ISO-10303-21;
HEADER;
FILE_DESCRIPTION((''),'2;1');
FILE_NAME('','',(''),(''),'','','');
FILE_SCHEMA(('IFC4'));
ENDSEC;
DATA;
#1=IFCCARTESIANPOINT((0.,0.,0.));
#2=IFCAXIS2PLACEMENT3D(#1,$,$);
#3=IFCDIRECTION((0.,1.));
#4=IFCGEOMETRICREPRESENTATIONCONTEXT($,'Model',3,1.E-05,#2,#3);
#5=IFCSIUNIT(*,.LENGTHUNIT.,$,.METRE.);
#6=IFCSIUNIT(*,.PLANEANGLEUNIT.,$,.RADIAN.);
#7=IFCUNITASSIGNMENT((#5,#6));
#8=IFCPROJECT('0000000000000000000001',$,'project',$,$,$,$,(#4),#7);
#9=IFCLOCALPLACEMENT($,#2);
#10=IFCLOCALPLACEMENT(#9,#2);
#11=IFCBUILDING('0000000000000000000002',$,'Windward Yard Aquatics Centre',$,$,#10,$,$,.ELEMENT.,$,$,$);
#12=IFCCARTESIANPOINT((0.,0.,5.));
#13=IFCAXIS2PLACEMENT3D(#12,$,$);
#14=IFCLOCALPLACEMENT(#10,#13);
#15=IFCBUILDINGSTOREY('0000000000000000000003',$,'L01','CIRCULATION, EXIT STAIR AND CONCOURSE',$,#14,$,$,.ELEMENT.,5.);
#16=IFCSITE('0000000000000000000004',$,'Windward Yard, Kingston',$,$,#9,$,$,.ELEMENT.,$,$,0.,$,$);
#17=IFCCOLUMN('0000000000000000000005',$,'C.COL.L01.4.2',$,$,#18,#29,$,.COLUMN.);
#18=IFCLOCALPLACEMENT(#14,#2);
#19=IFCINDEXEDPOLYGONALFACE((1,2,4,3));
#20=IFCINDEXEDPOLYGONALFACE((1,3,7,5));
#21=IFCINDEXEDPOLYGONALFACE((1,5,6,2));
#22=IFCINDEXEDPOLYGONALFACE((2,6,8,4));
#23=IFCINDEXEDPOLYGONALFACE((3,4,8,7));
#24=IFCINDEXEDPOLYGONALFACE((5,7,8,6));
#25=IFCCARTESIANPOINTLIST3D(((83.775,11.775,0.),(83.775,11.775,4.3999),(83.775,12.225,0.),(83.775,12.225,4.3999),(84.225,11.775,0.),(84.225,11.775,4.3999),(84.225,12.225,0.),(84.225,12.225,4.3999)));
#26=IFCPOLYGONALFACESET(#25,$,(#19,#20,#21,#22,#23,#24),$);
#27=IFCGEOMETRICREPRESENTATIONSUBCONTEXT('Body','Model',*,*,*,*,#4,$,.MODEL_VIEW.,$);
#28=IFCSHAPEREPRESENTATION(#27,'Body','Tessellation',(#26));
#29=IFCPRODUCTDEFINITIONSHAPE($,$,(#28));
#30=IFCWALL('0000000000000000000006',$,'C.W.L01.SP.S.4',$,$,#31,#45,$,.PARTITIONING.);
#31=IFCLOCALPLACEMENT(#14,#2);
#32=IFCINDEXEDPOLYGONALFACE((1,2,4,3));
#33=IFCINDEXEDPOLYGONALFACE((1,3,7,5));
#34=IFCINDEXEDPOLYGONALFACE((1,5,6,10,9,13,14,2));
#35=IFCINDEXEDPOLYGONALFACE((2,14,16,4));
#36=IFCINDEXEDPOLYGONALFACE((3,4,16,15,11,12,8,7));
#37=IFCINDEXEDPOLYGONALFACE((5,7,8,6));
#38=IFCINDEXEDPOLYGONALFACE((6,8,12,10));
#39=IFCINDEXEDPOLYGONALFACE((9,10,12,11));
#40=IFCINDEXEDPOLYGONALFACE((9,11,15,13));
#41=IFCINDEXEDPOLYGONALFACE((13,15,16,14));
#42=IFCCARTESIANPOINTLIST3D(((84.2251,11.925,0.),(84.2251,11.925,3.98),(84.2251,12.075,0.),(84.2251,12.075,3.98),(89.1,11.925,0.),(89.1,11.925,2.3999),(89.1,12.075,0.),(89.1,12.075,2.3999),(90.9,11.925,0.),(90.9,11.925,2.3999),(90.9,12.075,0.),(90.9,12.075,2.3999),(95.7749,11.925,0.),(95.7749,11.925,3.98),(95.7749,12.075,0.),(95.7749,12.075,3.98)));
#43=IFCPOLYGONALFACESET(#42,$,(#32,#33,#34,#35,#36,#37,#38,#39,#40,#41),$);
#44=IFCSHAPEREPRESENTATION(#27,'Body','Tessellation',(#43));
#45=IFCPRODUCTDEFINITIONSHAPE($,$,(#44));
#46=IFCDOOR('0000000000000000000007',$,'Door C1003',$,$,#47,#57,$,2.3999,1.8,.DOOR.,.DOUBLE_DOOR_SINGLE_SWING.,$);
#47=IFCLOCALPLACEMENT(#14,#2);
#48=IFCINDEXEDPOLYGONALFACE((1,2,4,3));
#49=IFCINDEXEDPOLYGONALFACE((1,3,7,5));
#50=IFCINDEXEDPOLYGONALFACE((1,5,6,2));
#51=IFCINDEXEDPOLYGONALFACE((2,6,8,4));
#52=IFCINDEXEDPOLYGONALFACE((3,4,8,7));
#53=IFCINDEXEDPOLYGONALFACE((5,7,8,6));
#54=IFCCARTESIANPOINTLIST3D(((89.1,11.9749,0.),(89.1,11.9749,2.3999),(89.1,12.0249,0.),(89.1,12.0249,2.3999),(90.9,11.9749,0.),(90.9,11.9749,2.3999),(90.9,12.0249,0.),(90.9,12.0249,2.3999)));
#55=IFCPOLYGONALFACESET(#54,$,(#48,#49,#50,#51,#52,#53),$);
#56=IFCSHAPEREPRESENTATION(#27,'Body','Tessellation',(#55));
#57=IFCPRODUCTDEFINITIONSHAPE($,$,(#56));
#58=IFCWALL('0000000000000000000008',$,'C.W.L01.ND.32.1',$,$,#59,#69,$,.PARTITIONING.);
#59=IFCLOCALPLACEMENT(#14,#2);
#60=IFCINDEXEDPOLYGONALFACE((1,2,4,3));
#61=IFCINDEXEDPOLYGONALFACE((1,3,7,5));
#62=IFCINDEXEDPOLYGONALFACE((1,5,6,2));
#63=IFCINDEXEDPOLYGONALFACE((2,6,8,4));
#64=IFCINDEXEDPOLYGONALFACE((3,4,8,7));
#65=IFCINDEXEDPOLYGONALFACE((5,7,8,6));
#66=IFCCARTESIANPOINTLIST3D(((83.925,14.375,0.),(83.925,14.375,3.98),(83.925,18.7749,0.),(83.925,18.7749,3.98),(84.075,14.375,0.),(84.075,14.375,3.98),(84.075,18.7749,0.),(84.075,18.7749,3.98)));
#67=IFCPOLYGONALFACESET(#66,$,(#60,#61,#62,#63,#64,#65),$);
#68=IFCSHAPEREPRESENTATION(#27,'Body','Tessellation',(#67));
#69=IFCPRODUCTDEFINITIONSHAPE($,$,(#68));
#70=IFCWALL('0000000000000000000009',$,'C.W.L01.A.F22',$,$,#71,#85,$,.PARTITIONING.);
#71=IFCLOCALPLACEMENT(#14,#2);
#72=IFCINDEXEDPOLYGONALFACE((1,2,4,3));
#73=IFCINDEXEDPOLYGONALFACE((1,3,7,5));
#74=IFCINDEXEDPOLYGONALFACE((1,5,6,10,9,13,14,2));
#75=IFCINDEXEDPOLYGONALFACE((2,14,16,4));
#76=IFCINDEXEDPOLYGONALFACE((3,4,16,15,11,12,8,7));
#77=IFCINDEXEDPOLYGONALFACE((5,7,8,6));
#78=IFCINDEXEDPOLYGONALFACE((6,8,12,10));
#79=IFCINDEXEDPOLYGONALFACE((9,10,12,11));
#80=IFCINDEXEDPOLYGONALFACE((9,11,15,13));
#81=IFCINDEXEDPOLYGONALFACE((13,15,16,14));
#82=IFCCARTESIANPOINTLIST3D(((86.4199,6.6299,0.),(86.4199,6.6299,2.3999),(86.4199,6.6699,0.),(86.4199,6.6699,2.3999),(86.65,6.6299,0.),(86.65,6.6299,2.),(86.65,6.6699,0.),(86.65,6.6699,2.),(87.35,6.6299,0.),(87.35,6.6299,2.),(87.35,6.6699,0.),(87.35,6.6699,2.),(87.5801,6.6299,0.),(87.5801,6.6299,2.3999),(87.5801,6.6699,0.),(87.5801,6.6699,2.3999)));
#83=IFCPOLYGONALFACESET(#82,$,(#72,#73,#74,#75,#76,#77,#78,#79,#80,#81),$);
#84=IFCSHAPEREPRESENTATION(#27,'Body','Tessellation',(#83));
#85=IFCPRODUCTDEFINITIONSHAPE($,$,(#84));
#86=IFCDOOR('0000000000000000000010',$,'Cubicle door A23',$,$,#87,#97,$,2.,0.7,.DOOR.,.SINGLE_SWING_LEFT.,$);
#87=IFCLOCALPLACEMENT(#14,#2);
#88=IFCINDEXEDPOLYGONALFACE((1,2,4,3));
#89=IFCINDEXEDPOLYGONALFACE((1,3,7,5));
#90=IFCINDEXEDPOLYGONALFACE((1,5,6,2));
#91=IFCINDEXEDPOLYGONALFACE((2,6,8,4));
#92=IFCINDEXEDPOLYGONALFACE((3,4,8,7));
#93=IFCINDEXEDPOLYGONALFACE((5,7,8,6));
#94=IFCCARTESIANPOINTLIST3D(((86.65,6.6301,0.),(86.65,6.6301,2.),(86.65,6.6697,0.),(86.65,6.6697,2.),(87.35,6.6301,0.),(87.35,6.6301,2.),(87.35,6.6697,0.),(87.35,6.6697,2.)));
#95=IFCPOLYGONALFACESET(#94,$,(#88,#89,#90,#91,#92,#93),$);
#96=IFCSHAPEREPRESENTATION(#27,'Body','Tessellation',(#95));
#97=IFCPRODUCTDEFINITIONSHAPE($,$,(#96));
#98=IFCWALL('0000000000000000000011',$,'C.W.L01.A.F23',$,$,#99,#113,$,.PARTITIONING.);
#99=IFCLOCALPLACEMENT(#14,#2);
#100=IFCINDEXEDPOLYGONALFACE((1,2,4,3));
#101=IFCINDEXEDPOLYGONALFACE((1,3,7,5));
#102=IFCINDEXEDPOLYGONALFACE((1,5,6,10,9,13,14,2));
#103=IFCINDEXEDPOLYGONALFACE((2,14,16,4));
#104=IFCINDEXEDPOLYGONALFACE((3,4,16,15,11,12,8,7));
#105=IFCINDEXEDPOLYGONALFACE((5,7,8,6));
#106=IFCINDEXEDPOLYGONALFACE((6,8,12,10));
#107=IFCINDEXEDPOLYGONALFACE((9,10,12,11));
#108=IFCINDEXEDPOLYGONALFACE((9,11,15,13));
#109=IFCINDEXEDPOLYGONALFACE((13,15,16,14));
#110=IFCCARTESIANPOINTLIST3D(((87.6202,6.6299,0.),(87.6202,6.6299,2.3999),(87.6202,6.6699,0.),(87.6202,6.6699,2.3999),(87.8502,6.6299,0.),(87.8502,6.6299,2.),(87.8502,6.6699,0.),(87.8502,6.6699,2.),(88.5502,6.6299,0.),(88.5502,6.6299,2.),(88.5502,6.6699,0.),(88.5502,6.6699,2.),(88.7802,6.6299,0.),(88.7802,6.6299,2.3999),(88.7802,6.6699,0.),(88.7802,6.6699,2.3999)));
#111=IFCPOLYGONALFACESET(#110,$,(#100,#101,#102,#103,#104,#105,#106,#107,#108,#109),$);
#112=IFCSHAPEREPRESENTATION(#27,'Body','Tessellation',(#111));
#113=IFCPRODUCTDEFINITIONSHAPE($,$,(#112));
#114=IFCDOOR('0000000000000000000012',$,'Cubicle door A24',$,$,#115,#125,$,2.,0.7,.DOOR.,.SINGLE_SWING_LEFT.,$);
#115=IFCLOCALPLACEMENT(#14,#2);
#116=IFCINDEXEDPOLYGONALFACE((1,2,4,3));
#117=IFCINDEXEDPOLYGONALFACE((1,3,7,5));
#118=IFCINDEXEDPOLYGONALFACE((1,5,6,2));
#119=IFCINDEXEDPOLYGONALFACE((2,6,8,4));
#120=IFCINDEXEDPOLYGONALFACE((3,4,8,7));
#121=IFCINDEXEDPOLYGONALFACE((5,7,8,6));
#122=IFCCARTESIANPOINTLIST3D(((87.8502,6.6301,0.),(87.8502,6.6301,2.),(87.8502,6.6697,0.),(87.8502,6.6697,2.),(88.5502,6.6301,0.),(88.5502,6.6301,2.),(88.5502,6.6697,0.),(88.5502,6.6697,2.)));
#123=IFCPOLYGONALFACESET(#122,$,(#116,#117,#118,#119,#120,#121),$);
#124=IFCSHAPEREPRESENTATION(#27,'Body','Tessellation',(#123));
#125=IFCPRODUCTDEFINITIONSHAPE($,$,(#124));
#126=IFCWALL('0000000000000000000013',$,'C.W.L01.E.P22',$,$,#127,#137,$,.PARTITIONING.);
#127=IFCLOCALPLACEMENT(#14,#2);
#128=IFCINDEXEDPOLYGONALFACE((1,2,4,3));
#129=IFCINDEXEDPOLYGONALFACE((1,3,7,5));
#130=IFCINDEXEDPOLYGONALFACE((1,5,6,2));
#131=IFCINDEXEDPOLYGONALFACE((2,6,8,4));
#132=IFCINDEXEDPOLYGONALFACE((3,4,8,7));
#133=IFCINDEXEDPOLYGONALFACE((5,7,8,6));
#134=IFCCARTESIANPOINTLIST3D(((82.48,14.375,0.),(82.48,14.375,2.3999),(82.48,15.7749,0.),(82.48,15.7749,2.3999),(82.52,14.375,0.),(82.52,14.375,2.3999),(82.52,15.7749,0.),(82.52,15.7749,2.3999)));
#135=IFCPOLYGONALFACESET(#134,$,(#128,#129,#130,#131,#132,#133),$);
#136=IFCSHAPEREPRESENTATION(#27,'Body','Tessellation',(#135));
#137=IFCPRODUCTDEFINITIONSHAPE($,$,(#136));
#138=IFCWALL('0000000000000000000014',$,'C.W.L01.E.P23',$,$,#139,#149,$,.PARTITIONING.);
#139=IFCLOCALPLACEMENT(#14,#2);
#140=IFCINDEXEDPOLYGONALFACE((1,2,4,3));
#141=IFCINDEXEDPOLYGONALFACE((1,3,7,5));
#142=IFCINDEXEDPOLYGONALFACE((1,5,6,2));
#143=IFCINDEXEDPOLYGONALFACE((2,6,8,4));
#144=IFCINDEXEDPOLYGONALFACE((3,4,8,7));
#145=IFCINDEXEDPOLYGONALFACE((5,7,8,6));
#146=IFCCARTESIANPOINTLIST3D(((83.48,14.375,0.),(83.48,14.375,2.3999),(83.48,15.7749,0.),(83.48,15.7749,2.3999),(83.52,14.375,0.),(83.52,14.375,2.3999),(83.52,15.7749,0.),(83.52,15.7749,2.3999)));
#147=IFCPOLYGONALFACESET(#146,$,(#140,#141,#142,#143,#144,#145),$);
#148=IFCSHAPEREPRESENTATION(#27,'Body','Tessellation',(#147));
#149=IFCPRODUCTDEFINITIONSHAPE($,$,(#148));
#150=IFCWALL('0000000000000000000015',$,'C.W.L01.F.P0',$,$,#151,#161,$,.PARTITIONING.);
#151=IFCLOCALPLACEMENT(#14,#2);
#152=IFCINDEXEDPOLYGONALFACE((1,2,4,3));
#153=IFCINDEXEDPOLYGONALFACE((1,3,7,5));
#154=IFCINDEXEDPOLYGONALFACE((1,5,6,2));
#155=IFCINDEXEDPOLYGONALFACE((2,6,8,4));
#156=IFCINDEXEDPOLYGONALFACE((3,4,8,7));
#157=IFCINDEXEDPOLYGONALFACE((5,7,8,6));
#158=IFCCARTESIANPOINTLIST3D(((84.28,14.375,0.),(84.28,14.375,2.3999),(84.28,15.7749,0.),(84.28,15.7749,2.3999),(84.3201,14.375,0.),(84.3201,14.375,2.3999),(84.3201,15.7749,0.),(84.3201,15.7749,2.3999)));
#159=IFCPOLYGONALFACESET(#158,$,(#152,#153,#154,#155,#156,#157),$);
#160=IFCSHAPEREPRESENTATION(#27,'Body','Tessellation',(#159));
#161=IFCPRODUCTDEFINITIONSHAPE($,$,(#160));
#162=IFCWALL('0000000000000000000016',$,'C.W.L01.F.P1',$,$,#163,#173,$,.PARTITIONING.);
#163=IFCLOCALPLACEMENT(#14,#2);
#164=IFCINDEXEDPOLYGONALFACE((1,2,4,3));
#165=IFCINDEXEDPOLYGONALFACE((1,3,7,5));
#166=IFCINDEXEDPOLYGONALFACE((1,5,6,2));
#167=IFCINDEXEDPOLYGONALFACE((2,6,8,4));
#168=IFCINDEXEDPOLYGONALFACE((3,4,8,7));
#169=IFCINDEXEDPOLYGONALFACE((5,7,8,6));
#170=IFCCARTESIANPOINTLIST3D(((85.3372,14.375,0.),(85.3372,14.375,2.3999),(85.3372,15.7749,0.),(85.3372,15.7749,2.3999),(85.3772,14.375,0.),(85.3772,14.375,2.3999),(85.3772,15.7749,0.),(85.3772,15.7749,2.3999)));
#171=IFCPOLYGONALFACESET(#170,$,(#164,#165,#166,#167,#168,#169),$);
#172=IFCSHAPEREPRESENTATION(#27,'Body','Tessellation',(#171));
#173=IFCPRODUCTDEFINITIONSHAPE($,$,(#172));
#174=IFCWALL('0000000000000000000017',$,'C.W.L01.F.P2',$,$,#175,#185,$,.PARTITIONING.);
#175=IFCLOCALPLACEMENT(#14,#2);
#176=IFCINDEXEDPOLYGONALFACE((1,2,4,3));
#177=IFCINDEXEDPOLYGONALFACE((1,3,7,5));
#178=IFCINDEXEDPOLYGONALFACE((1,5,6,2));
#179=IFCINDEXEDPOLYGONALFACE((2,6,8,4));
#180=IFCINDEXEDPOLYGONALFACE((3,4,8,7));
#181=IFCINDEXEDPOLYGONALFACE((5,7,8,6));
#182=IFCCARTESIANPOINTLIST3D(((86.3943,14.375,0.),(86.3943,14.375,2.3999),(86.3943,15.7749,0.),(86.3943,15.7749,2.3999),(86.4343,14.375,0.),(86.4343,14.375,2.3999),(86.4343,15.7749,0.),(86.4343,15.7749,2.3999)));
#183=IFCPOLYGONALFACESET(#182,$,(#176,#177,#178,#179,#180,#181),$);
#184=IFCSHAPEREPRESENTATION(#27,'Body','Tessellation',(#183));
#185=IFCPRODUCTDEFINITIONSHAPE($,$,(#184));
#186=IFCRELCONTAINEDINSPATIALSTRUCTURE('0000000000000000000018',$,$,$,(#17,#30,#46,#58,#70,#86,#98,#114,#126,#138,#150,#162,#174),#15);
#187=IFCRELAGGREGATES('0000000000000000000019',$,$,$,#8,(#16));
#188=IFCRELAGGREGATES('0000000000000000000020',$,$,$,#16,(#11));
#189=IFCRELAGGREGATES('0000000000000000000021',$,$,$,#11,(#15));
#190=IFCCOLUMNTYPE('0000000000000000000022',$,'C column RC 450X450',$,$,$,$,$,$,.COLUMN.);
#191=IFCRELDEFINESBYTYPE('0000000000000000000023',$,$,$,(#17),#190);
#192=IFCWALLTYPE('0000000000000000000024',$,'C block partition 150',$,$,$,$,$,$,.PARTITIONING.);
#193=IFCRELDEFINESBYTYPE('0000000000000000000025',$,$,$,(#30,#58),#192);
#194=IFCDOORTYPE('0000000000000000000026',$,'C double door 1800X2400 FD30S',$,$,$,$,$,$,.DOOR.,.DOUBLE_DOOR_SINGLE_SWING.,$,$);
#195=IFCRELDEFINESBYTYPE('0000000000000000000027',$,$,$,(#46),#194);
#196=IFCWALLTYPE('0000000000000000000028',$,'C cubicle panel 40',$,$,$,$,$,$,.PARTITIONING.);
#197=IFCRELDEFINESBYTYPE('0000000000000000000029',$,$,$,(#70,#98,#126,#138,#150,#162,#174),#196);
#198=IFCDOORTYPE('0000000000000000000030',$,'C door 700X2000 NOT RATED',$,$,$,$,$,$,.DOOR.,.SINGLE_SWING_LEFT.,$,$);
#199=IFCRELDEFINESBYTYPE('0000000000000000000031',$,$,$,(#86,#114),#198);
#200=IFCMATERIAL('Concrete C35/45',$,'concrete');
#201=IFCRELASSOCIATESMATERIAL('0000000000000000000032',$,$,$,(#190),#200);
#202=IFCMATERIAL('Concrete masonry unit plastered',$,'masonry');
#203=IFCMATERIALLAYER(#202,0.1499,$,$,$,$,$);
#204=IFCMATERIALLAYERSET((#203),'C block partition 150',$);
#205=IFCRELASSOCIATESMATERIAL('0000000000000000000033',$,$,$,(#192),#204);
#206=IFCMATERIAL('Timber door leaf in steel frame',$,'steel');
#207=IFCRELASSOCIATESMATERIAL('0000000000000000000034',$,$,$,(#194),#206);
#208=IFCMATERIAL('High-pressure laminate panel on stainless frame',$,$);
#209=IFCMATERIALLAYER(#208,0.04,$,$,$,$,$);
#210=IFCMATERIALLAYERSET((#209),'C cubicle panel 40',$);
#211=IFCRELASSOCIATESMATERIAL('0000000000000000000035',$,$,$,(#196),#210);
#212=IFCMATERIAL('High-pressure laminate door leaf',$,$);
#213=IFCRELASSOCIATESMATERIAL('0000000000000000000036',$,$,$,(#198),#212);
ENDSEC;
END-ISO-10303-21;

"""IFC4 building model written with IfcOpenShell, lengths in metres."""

from ifc_helpers import new_model, si_unit, direction, frame, frame_2d, origin, origin_2d, place, context, subcontext, project, spatial, rectangle, extrude, material, layer, layer_set, material_profile, profile_set, type_object, element, fill, save


model = new_model("IFC4")

# Units and contexts
model_context = context("Model", 3, precision=1e-05, world=origin(), true_north=direction((0.0, 1.0)))
body_context = subcontext(model_context, "Body", "Model", "MODEL_VIEW")
ifc_project = project(units=[si_unit("LENGTHUNIT", "METRE"), si_unit("PLANEANGLEUNIT", "RADIAN")], contexts=[model_context])

# Site, building, storey
site_placement = place(None, origin())
site = spatial("IfcSite", under=ifc_project, at=site_placement, Name="Windward Yard, Kingston", CompositionType="ELEMENT", RefElevation=0.0)
building_placement = place(site_placement, origin())
building = spatial("IfcBuilding", under=site, at=building_placement, Name="Windward Yard Aquatics Centre", CompositionType="ELEMENT")
storey_placement = place(building_placement, frame((0.0, 0.0, 5.0)))
storey = spatial("IfcBuildingStorey", under=building, at=storey_placement, Name="L01", Description="CIRCULATION, EXIT STAIR AND CONCOURSE", CompositionType="ELEMENT", Elevation=5.0)

# Column
ifc_material_1 = material(Name="Concrete C35/45", Category="concrete")
ifc_material_profile = material_profile(ifc_material_1, rectangle(XDim=0.45, YDim=0.45, at=origin_2d()), Name="RC 450X450")
ifc_profile_set = profile_set([ifc_material_profile], Name="Concrete C35/45")
column_type = type_object("IfcColumnType", Name="C column RC 450X450", PredefinedType="COLUMN", material=ifc_profile_set)
column_placement = place(storey_placement, frame((84.0, 12.0, 0.0), z_axis=(0.0, 0.0, 1.0), x_axis=(1.0, 0.0, 0.0)))
element("IfcColumn", 1, at=column_placement, inside=storey, type_object=column_type, Name="C.COL.L01.4.2", PredefinedType="COLUMN", context=body_context, shape_type="SweptSolid", body=[
    extrude(rectangle(XDim=0.45, YDim=0.45, at=origin_2d()), origin(), (0.0, 0.0, 1.0), 4.3999),
])

# Wall, opening, door
ifc_material_2 = material(Name="Concrete masonry unit plastered", Category="masonry")
ifc_layer_1 = layer(ifc_material_2, 0.1499)
ifc_layer_set_1 = layer_set([ifc_layer_1], Name="C block partition 150")
wall_type_1 = type_object("IfcWallType", Name="C block partition 150", PredefinedType="PARTITIONING", material=ifc_layer_set_1)
wall_1_placement = place(storey_placement, frame((84.2251, 12.0, 0.0), z_axis=(0.0, 0.0, 1.0), x_axis=(1.0, 0.0, 0.0)))
wall_1 = element("IfcWall", 2, at=wall_1_placement, inside=storey, type_object=wall_type_1, Name="C.W.L01.SP.S.4", PredefinedType="PARTITIONING", context=body_context, shape_type="SweptSolid", body=[
    extrude(rectangle(XDim=11.5498, YDim=0.1499, at=frame_2d((5.7749, 0.0))), origin(), (0.0, 0.0, 1.0), 3.98),
])
opening_1_placement = place(wall_1_placement, frame((4.875, 0.0, 0.0)))
opening_1 = element("IfcOpeningElement", 3, at=opening_1_placement, cuts=wall_1, PredefinedType="OPENING", context=body_context, shape_type="SweptSolid", body=[
    extrude(rectangle(XDim=1.8, YDim=2.3999, at=frame_2d((0.8999, 1.2))), frame((0.0, 0.085, 0.0), z_axis=(0.0, -1.0, 0.0), x_axis=(1.0, 0.0, 0.0)), (0.0, 0.0, 1.0), 0.1699),
])
ifc_material_3 = material(Name="Timber door leaf in steel frame", Category="steel")
door_type_1 = type_object("IfcDoorType", Name="C double door 1800X2400 FD30S", OperationType="DOUBLE_DOOR_SINGLE_SWING", PredefinedType="DOOR", material=ifc_material_3)
door_1_placement = place(opening_1_placement, origin())
door_1 = element("IfcDoor", 4, at=door_1_placement, inside=storey, type_object=door_type_1, Name="Door C1003", OperationType="DOUBLE_DOOR_SINGLE_SWING", OverallHeight=2.3999, OverallWidth=1.8, PredefinedType="DOOR", context=body_context, shape_type="SweptSolid", body=[
    extrude(rectangle(XDim=1.8, YDim=2.3999, at=frame_2d((0.8999, 1.2))), frame((0.0, 0.0249, 0.0), z_axis=(0.0, -1.0, 0.0), x_axis=(1.0, 0.0, 0.0)), (0.0, 0.0, 1.0), 0.05),
])
fill(opening_1, door_1)

# Wall
wall_2_placement = place(storey_placement, frame((84.0, 14.375, 0.0), z_axis=(0.0, 0.0, 1.0), x_axis=(0.0, 1.0, 0.0)))
element("IfcWall", 5, at=wall_2_placement, inside=storey, type_object=wall_type_1, Name="C.W.L01.ND.32.1", PredefinedType="PARTITIONING", context=body_context, shape_type="SweptSolid", body=[
    extrude(rectangle(XDim=4.3999, YDim=0.1499, at=frame_2d((2.2, 0.0))), origin(), (0.0, 0.0, 1.0), 3.98),
])

# Walls, openings, doors
ifc_material_4 = material(Name="High-pressure laminate panel on stainless frame")
ifc_layer_2 = layer(ifc_material_4, 0.04)
ifc_layer_set_2 = layer_set([ifc_layer_2], Name="C cubicle panel 40")
wall_type_2 = type_object("IfcWallType", Name="C cubicle panel 40", PredefinedType="PARTITIONING", material=ifc_layer_set_2)
wall_3_placement = place(storey_placement, frame((86.4199, 6.6499, 0.0), z_axis=(0.0, 0.0, 1.0), x_axis=(1.0, 0.0, 0.0)))
wall_3 = element("IfcWall", 6, at=wall_3_placement, inside=storey, type_object=wall_type_2, Name="C.W.L01.A.F22", PredefinedType="PARTITIONING", context=body_context, shape_type="SweptSolid", body=[
    extrude(rectangle(XDim=1.1602, YDim=0.04, at=frame_2d((0.5801, 0.0))), origin(), (0.0, 0.0, 1.0), 2.3999),
])
opening_2_placement = place(wall_3_placement, frame((0.23, 0.0, 0.0)))
opening_2 = element("IfcOpeningElement", 7, at=opening_2_placement, cuts=wall_3, PredefinedType="OPENING", context=body_context, shape_type="SweptSolid", body=[
    extrude(rectangle(XDim=0.7, YDim=2.0, at=frame_2d((0.3501, 1.0))), frame((0.0, 0.03, 0.0), z_axis=(0.0, -1.0, 0.0), x_axis=(1.0, 0.0, 0.0)), (0.0, 0.0, 1.0), 0.0601),
])
ifc_material_5 = material(Name="High-pressure laminate door leaf")
door_type_2 = type_object("IfcDoorType", Name="C door 700X2000 NOT RATED", OperationType="SINGLE_SWING_LEFT", PredefinedType="DOOR", material=ifc_material_5)
door_2_placement = place(opening_2_placement, origin())
door_2 = element("IfcDoor", 8, at=door_2_placement, inside=storey, type_object=door_type_2, Name="Cubicle door A23", OperationType="SINGLE_SWING_LEFT", OverallHeight=2.0, OverallWidth=0.7, PredefinedType="DOOR", context=body_context, shape_type="SweptSolid", body=[
    extrude(rectangle(XDim=0.7, YDim=2.0, at=frame_2d((0.3501, 1.0))), frame((0.0, 0.0198, 0.0), z_axis=(0.0, -1.0, 0.0), x_axis=(1.0, 0.0, 0.0)), (0.0, 0.0, 1.0), 0.0396),
])
fill(opening_2, door_2)
wall_4_placement = place(storey_placement, frame((87.6201, 6.6499, 0.0), z_axis=(0.0, 0.0, 1.0), x_axis=(1.0, 0.0, 0.0)))
wall_4 = element("IfcWall", 9, at=wall_4_placement, inside=storey, type_object=wall_type_2, Name="C.W.L01.A.F23", PredefinedType="PARTITIONING", context=body_context, shape_type="SweptSolid", body=[
    extrude(rectangle(XDim=1.1599, YDim=0.04, at=frame_2d((0.5801, 0.0))), origin(), (0.0, 0.0, 1.0), 2.3999),
])
opening_3_placement = place(wall_4_placement, frame((0.23, 0.0, 0.0)))
opening_3 = element("IfcOpeningElement", 10, at=opening_3_placement, cuts=wall_4, PredefinedType="OPENING", context=body_context, shape_type="SweptSolid", body=[
    extrude(rectangle(XDim=0.7, YDim=2.0, at=frame_2d((0.3501, 1.0))), frame((0.0, 0.03, 0.0), z_axis=(0.0, -1.0, 0.0), x_axis=(1.0, 0.0, 0.0)), (0.0, 0.0, 1.0), 0.0601),
])
door_3_placement = place(opening_3_placement, origin())
door_3 = element("IfcDoor", 11, at=door_3_placement, inside=storey, type_object=door_type_2, Name="Cubicle door A24", OperationType="SINGLE_SWING_LEFT", OverallHeight=2.0, OverallWidth=0.7, PredefinedType="DOOR", context=body_context, shape_type="SweptSolid", body=[
    extrude(rectangle(XDim=0.7, YDim=2.0, at=frame_2d((0.3501, 1.0))), frame((0.0, 0.0198, 0.0), z_axis=(0.0, -1.0, 0.0), x_axis=(1.0, 0.0, 0.0)), (0.0, 0.0, 1.0), 0.0396),
])
fill(opening_3, door_3)

# Walls
for number, where, z_axis, x_axis, name in (
    (12, (82.5, 14.375, 0.0), (0.0, 0.0, 1.0), (0.0, 1.0, 0.0), "C.W.L01.E.P22"),
    (13, (83.5, 14.375, 0.0), (0.0, 0.0, 1.0), (0.0, 1.0, 0.0), "C.W.L01.E.P23"),
    (14, (84.3, 14.375, 0.0), (0.0, 0.0, 1.0), (0.0, 1.0, 0.0), "C.W.L01.F.P0"),
    (15, (85.3572, 14.375, 0.0), (0.0, 0.0, 1.0), (0.0, 1.0, 0.0), "C.W.L01.F.P1"),
    (16, (86.4143, 14.375, 0.0), (0.0, 0.0, 1.0), (0.0, 1.0, 0.0), "C.W.L01.F.P2"),
):
    element("IfcWall", number, at=place(storey_placement, frame(where, z_axis=z_axis, x_axis=x_axis)), inside=storey, type_object=wall_type_2, Name=name, PredefinedType="PARTITIONING", context=body_context, shape_type="SweptSolid", body=[
        extrude(rectangle(XDim=1.3999, YDim=0.04, at=frame_2d((0.7, 0.0))), origin(), (0.0, 0.0, 1.0), 2.3999),
    ])

save(model, "model.ifc")
